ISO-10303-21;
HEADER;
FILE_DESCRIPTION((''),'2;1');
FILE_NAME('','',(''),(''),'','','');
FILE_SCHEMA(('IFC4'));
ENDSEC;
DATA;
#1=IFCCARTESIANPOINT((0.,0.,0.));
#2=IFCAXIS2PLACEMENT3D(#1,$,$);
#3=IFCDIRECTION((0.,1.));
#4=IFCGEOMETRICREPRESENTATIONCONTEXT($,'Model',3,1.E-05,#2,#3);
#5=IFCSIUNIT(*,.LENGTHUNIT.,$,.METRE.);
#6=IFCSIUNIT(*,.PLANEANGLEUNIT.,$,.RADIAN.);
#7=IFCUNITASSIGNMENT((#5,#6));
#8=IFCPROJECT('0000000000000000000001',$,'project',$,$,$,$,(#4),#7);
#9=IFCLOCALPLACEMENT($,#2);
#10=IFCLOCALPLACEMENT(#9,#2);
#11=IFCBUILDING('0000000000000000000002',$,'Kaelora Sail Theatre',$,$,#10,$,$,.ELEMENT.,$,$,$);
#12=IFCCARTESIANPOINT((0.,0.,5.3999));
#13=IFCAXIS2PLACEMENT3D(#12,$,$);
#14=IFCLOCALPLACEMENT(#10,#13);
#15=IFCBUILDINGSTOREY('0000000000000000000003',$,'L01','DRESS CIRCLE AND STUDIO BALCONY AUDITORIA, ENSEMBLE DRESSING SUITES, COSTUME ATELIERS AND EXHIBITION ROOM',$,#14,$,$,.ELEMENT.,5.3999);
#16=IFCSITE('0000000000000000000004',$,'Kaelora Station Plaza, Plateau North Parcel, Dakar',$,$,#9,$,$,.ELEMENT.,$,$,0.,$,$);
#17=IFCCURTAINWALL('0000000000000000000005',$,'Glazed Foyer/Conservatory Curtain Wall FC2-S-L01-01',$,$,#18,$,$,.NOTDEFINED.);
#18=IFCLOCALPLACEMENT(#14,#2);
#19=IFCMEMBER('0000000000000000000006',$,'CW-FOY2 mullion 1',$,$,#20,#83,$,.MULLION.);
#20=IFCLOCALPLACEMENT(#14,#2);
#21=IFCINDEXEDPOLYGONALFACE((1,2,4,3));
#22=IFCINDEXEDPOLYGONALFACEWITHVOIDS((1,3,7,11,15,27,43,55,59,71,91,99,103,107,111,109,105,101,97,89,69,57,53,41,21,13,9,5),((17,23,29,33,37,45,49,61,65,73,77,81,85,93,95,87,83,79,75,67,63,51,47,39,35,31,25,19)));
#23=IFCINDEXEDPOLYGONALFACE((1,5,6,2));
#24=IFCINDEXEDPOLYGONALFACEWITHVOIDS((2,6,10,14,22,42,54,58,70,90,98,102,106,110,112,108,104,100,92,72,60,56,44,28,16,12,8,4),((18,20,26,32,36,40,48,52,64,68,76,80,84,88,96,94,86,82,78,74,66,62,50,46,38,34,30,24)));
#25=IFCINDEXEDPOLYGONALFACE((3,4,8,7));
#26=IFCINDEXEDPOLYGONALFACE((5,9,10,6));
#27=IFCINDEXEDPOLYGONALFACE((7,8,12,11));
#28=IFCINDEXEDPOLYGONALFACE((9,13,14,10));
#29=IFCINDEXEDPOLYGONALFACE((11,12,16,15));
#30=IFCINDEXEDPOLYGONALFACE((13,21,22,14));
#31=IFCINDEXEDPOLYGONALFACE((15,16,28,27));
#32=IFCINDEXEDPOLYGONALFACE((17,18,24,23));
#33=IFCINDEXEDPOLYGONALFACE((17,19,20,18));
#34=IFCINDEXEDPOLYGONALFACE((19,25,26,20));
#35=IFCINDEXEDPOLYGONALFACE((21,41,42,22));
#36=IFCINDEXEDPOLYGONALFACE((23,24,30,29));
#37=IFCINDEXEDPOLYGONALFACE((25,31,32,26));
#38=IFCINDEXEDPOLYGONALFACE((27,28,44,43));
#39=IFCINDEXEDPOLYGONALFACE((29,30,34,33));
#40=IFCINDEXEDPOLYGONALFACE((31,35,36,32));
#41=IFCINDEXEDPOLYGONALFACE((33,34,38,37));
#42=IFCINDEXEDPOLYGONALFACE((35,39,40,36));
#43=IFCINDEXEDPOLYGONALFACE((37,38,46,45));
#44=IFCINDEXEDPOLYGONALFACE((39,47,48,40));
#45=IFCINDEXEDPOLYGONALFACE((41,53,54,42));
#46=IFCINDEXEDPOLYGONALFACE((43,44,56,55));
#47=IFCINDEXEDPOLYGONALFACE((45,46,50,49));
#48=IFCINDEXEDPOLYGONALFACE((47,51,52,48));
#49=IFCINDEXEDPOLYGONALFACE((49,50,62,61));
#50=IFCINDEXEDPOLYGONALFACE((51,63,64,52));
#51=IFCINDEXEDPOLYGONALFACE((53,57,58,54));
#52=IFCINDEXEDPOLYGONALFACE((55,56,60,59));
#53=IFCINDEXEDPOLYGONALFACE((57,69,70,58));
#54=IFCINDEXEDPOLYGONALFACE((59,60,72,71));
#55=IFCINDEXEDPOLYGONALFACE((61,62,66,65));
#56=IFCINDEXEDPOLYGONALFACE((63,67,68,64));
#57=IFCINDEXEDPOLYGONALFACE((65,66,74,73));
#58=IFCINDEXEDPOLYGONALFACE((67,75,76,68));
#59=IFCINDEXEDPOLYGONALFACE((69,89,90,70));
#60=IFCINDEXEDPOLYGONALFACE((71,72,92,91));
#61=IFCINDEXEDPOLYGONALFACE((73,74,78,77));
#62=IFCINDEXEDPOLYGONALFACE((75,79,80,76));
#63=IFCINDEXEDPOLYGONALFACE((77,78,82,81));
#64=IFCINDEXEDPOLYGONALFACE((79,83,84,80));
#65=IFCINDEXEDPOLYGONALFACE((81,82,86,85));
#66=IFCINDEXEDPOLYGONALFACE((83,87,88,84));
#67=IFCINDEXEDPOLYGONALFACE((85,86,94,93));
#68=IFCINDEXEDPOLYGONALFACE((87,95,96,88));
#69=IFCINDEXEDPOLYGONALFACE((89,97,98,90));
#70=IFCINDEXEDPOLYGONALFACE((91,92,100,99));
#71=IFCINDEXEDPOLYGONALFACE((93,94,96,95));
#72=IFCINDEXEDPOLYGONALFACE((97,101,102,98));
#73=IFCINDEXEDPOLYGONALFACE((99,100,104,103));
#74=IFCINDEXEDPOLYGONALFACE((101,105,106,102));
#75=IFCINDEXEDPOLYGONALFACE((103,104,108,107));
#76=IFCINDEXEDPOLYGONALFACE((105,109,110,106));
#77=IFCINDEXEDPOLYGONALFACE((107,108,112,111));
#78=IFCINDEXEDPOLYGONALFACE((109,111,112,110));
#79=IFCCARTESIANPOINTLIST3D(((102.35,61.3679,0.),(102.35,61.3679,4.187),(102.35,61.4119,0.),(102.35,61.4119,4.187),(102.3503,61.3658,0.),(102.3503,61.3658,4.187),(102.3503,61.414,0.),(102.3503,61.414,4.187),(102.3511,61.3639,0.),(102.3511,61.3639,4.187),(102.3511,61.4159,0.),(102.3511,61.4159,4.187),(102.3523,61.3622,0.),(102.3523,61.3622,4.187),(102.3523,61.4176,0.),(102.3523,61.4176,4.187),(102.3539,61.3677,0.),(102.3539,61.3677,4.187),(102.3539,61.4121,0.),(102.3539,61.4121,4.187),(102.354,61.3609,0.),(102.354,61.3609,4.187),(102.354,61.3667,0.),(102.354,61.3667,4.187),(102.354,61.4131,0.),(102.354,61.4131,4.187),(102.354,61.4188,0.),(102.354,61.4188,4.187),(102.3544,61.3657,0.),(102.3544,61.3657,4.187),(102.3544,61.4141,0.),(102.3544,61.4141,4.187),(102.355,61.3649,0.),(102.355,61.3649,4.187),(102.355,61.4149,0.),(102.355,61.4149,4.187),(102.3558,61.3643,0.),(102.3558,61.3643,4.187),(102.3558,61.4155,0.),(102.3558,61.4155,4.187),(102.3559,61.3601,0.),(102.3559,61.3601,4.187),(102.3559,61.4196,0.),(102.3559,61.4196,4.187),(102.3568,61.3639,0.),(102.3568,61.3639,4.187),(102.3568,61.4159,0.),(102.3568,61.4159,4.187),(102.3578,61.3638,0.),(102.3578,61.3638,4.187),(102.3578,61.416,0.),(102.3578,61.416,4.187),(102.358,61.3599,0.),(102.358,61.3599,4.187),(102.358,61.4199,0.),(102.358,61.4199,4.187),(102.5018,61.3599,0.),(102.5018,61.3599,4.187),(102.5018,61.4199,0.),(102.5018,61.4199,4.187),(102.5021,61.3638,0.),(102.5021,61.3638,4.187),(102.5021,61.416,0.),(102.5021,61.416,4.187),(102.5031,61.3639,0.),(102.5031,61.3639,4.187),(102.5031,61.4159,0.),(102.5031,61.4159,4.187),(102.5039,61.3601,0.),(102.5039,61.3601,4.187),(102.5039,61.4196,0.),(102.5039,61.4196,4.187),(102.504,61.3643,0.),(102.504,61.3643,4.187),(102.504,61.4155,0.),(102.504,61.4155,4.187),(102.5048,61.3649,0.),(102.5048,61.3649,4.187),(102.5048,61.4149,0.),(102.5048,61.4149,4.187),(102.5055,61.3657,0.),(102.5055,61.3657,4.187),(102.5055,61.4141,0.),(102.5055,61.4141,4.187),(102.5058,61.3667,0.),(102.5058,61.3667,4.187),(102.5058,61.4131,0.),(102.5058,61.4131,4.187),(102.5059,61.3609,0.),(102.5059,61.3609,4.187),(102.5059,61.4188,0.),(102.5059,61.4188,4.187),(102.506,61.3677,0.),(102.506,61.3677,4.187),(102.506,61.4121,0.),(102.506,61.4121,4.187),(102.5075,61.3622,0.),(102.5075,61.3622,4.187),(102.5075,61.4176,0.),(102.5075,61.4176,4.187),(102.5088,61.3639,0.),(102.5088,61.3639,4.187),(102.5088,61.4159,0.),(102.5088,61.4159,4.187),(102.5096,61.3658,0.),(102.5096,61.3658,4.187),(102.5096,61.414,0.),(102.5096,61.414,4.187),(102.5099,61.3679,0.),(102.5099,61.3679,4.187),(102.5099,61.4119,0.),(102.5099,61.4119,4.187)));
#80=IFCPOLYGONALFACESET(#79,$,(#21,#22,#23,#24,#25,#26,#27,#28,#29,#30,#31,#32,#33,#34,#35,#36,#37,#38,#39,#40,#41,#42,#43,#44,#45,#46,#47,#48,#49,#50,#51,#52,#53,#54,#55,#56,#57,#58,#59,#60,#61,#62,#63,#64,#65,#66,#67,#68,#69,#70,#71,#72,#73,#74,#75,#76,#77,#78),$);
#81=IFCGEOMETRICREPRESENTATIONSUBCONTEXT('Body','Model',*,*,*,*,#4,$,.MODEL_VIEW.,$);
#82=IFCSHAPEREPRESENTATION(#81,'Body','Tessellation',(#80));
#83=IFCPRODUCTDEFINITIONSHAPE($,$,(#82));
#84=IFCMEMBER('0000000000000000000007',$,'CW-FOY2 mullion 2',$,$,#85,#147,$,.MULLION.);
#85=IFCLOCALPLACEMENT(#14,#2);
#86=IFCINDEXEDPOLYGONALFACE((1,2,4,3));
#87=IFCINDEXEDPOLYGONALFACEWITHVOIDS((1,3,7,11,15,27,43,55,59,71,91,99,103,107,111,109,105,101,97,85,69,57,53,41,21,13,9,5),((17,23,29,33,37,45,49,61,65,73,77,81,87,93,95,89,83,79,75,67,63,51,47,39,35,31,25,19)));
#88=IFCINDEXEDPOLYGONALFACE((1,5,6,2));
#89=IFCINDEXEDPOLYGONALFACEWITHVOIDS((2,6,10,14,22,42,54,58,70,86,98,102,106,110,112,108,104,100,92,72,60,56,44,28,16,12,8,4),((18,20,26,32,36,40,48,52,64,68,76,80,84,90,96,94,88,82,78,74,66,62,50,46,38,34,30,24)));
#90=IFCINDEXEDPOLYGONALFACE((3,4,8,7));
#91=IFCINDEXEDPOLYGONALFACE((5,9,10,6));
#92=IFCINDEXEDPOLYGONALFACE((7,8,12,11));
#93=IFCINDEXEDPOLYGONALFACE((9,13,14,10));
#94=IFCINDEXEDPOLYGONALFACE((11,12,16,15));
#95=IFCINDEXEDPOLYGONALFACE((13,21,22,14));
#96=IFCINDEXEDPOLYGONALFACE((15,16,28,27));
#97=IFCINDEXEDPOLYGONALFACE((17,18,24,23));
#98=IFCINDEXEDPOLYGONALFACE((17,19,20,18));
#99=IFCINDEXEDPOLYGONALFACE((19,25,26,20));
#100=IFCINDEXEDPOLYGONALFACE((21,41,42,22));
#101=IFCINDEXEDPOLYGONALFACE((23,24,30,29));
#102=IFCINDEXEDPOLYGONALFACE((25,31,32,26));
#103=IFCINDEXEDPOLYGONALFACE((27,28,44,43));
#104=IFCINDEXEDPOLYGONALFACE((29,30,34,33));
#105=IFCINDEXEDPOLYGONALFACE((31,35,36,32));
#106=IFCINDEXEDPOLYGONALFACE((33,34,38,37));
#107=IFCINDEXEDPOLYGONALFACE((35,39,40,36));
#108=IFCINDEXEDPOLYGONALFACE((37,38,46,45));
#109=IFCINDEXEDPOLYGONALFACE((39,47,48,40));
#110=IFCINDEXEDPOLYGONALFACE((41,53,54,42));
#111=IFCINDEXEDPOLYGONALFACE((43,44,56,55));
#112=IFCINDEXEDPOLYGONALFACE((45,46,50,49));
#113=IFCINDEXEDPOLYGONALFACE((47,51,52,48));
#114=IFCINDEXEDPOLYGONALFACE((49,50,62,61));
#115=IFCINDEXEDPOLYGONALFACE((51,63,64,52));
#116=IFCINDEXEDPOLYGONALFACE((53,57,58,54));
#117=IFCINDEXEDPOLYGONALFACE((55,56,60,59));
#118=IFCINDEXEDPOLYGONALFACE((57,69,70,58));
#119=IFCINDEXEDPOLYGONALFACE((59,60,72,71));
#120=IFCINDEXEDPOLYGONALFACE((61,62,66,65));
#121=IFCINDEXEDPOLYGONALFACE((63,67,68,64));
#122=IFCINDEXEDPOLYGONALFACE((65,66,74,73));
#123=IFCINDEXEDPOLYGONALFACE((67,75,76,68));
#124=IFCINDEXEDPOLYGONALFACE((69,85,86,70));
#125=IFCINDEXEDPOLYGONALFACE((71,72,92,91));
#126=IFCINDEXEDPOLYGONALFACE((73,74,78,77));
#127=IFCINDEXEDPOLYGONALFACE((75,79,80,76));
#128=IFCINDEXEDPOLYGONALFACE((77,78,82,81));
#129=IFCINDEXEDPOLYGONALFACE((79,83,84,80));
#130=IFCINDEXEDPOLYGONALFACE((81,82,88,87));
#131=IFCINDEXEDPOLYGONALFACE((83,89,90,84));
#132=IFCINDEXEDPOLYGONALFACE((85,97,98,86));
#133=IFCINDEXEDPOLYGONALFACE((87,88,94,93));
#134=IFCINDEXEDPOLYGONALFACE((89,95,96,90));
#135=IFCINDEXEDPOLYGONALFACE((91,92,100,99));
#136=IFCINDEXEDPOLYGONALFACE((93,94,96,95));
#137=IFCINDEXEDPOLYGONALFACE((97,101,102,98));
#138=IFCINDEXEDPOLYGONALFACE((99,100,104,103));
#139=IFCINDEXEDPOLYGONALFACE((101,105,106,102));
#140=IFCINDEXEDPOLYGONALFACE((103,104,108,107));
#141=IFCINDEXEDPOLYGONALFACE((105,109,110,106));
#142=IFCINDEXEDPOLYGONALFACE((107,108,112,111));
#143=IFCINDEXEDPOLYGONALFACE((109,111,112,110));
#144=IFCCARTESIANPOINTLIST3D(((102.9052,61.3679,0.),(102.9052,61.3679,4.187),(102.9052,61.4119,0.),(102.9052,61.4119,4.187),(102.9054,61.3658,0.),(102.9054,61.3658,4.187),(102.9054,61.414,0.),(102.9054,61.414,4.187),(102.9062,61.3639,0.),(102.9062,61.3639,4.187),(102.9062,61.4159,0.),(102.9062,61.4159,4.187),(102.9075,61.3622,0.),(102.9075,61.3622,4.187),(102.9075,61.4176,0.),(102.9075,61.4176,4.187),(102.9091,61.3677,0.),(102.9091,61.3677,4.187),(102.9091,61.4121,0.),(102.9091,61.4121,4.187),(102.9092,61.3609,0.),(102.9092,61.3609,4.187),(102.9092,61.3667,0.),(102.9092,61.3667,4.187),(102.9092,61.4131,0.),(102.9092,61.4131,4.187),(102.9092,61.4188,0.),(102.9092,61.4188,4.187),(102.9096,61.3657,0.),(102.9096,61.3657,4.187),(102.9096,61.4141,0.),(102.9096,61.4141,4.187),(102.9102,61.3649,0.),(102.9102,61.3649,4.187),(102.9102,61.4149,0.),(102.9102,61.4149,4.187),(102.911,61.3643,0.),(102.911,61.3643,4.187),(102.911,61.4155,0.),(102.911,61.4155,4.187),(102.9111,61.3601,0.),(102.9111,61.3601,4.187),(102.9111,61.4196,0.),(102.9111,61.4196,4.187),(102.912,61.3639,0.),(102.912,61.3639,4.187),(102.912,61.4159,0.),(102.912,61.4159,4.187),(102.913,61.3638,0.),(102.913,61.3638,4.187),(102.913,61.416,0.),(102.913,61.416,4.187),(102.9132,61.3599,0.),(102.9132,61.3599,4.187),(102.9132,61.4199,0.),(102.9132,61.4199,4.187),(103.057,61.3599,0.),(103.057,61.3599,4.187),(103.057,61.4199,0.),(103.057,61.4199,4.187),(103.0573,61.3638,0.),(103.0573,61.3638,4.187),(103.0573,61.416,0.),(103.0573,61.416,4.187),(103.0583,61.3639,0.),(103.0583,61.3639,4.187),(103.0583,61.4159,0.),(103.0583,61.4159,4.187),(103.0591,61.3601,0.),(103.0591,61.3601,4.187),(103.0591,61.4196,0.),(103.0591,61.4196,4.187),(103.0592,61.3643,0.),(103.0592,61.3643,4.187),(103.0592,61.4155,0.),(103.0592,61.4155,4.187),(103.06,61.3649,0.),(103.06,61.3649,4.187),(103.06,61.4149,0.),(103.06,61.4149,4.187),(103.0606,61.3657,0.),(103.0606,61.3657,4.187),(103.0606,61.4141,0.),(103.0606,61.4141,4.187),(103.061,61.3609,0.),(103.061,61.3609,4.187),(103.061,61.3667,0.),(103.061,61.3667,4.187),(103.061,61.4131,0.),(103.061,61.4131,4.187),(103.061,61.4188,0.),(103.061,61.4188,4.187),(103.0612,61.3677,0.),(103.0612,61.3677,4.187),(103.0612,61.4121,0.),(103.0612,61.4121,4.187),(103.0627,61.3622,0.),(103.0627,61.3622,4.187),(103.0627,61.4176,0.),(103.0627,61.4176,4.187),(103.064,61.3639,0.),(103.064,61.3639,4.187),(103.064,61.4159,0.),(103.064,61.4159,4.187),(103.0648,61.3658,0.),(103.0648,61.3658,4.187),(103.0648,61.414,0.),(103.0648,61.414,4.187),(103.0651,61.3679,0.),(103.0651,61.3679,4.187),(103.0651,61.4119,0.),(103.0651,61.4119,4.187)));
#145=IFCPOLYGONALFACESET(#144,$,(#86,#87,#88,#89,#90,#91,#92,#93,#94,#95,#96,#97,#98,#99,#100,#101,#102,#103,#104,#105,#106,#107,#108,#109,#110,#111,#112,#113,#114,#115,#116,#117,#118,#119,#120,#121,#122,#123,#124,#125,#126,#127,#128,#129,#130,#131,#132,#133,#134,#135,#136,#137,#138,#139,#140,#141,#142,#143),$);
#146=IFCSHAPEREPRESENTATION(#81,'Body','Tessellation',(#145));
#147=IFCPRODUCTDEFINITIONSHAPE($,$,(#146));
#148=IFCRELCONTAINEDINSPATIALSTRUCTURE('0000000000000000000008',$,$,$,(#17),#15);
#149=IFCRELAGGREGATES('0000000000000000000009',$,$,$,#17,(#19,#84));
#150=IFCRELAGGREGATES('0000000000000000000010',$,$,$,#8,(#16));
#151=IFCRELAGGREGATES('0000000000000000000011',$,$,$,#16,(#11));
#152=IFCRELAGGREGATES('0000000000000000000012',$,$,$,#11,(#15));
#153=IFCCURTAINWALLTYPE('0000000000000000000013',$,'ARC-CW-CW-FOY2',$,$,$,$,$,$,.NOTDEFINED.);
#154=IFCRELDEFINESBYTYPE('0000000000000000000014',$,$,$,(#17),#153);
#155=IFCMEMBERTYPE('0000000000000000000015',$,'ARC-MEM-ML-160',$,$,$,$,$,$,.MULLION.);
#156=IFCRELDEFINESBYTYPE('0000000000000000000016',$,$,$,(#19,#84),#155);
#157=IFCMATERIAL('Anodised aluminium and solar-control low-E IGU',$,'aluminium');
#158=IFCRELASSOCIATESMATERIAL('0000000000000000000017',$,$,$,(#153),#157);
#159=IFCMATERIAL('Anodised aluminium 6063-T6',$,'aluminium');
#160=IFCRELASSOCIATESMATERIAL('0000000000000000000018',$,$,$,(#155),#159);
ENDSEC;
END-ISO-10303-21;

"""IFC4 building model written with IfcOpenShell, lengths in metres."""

from ifc_helpers import new_model, si_unit, direction, frame, origin, origin_2d, place, context, subcontext, project, spatial, hollow_rectangle, extrude, material, material_profile, profile_set, type_object, element, aggregate, save


model = new_model("IFC4")

# Units and contexts
model_context = context("Model", 3, precision=1e-05, world=origin(), true_north=direction((0.0, 1.0)))
body_context = subcontext(model_context, "Body", "Model", "MODEL_VIEW")
ifc_project = project(units=[si_unit("LENGTHUNIT", "METRE"), si_unit("PLANEANGLEUNIT", "RADIAN")], contexts=[model_context])

# Site, building, storey
site_placement = place(None, origin())
site = spatial("IfcSite", under=ifc_project, at=site_placement, Name="Kaelora Station Plaza, Plateau North Parcel, Dakar", CompositionType="ELEMENT", RefElevation=0.0)
building_placement = place(site_placement, origin())
building = spatial("IfcBuilding", under=site, at=building_placement, Name="Kaelora Sail Theatre", CompositionType="ELEMENT")
storey_placement = place(building_placement, frame((0.0, 0.0, 5.3999)))
storey = spatial("IfcBuildingStorey", under=building, at=storey_placement, Name="L01", Description="DRESS CIRCLE AND STUDIO BALCONY AUDITORIA, ENSEMBLE DRESSING SUITES, COSTUME ATELIERS AND EXHIBITION ROOM", CompositionType="ELEMENT", Elevation=5.3999)

# Curtain wall, members
ifc_material_1 = material(Name="Anodised aluminium and solar-control low-E IGU", Category="aluminium")
curtain_wall_type = type_object("IfcCurtainWallType", Name="ARC-CW-CW-FOY2", PredefinedType="NOTDEFINED", material=ifc_material_1)
curtain_wall_1_placement = place(storey_placement, origin())
curtain_wall_1 = element("IfcCurtainWall", 1, at=curtain_wall_1_placement, inside=storey, type_object=curtain_wall_type, Name="Glazed Foyer/Conservatory Curtain Wall FC2-S-L01-01", PredefinedType="NOTDEFINED")
ifc_material_2 = material(Name="Anodised aluminium 6063-T6", Category="aluminium")
ifc_material_profile_1 = material_profile(ifc_material_2, hollow_rectangle(XDim=0.0601, YDim=0.1599, WallThickness=0.0039, InnerFilletRadius=0.0039, OuterFilletRadius=0.0081, at=origin_2d()), Name="ALU-MULL 60x160x4")
ifc_profile_set_1 = profile_set([ifc_material_profile_1], Name="Anodised aluminium 6063-T6")
member_type_1 = type_object("IfcMemberType", Name="ARC-MEM-ML-160", PredefinedType="MULLION", material=ifc_profile_set_1)
member_1_placement = place(storey_placement, frame((102.4299, 61.3899, 0.0), z_axis=(0.0, 0.0, 1.0), x_axis=(0.0, 1.0, 0.0)))
member_1 = element("IfcMember", 2, at=member_1_placement, type_object=member_type_1, Name="CW-FOY2 mullion 1", PredefinedType="MULLION", context=body_context, shape_type="SweptSolid", body=[
    extrude(hollow_rectangle(XDim=0.0601, YDim=0.1599, WallThickness=0.0039, InnerFilletRadius=0.0039, OuterFilletRadius=0.0081, at=origin_2d()), origin(), (0.0, 0.0, 1.0), 4.187),
])
member_2_placement = place(storey_placement, frame((102.9851, 61.3899, 0.0), z_axis=(0.0, 0.0, 1.0), x_axis=(0.0, 1.0, 0.0)))
member_2 = element("IfcMember", 3, at=member_2_placement, type_object=member_type_1, Name="CW-FOY2 mullion 2", PredefinedType="MULLION", context=body_context, shape_type="SweptSolid", body=[
    extrude(hollow_rectangle(XDim=0.0601, YDim=0.1599, WallThickness=0.0039, InnerFilletRadius=0.0039, OuterFilletRadius=0.0081, at=origin_2d()), origin(), (0.0, 0.0, 1.0), 4.187),
])

aggregate(curtain_wall_1, [member_1, member_2])

save(model, "model.ifc")
